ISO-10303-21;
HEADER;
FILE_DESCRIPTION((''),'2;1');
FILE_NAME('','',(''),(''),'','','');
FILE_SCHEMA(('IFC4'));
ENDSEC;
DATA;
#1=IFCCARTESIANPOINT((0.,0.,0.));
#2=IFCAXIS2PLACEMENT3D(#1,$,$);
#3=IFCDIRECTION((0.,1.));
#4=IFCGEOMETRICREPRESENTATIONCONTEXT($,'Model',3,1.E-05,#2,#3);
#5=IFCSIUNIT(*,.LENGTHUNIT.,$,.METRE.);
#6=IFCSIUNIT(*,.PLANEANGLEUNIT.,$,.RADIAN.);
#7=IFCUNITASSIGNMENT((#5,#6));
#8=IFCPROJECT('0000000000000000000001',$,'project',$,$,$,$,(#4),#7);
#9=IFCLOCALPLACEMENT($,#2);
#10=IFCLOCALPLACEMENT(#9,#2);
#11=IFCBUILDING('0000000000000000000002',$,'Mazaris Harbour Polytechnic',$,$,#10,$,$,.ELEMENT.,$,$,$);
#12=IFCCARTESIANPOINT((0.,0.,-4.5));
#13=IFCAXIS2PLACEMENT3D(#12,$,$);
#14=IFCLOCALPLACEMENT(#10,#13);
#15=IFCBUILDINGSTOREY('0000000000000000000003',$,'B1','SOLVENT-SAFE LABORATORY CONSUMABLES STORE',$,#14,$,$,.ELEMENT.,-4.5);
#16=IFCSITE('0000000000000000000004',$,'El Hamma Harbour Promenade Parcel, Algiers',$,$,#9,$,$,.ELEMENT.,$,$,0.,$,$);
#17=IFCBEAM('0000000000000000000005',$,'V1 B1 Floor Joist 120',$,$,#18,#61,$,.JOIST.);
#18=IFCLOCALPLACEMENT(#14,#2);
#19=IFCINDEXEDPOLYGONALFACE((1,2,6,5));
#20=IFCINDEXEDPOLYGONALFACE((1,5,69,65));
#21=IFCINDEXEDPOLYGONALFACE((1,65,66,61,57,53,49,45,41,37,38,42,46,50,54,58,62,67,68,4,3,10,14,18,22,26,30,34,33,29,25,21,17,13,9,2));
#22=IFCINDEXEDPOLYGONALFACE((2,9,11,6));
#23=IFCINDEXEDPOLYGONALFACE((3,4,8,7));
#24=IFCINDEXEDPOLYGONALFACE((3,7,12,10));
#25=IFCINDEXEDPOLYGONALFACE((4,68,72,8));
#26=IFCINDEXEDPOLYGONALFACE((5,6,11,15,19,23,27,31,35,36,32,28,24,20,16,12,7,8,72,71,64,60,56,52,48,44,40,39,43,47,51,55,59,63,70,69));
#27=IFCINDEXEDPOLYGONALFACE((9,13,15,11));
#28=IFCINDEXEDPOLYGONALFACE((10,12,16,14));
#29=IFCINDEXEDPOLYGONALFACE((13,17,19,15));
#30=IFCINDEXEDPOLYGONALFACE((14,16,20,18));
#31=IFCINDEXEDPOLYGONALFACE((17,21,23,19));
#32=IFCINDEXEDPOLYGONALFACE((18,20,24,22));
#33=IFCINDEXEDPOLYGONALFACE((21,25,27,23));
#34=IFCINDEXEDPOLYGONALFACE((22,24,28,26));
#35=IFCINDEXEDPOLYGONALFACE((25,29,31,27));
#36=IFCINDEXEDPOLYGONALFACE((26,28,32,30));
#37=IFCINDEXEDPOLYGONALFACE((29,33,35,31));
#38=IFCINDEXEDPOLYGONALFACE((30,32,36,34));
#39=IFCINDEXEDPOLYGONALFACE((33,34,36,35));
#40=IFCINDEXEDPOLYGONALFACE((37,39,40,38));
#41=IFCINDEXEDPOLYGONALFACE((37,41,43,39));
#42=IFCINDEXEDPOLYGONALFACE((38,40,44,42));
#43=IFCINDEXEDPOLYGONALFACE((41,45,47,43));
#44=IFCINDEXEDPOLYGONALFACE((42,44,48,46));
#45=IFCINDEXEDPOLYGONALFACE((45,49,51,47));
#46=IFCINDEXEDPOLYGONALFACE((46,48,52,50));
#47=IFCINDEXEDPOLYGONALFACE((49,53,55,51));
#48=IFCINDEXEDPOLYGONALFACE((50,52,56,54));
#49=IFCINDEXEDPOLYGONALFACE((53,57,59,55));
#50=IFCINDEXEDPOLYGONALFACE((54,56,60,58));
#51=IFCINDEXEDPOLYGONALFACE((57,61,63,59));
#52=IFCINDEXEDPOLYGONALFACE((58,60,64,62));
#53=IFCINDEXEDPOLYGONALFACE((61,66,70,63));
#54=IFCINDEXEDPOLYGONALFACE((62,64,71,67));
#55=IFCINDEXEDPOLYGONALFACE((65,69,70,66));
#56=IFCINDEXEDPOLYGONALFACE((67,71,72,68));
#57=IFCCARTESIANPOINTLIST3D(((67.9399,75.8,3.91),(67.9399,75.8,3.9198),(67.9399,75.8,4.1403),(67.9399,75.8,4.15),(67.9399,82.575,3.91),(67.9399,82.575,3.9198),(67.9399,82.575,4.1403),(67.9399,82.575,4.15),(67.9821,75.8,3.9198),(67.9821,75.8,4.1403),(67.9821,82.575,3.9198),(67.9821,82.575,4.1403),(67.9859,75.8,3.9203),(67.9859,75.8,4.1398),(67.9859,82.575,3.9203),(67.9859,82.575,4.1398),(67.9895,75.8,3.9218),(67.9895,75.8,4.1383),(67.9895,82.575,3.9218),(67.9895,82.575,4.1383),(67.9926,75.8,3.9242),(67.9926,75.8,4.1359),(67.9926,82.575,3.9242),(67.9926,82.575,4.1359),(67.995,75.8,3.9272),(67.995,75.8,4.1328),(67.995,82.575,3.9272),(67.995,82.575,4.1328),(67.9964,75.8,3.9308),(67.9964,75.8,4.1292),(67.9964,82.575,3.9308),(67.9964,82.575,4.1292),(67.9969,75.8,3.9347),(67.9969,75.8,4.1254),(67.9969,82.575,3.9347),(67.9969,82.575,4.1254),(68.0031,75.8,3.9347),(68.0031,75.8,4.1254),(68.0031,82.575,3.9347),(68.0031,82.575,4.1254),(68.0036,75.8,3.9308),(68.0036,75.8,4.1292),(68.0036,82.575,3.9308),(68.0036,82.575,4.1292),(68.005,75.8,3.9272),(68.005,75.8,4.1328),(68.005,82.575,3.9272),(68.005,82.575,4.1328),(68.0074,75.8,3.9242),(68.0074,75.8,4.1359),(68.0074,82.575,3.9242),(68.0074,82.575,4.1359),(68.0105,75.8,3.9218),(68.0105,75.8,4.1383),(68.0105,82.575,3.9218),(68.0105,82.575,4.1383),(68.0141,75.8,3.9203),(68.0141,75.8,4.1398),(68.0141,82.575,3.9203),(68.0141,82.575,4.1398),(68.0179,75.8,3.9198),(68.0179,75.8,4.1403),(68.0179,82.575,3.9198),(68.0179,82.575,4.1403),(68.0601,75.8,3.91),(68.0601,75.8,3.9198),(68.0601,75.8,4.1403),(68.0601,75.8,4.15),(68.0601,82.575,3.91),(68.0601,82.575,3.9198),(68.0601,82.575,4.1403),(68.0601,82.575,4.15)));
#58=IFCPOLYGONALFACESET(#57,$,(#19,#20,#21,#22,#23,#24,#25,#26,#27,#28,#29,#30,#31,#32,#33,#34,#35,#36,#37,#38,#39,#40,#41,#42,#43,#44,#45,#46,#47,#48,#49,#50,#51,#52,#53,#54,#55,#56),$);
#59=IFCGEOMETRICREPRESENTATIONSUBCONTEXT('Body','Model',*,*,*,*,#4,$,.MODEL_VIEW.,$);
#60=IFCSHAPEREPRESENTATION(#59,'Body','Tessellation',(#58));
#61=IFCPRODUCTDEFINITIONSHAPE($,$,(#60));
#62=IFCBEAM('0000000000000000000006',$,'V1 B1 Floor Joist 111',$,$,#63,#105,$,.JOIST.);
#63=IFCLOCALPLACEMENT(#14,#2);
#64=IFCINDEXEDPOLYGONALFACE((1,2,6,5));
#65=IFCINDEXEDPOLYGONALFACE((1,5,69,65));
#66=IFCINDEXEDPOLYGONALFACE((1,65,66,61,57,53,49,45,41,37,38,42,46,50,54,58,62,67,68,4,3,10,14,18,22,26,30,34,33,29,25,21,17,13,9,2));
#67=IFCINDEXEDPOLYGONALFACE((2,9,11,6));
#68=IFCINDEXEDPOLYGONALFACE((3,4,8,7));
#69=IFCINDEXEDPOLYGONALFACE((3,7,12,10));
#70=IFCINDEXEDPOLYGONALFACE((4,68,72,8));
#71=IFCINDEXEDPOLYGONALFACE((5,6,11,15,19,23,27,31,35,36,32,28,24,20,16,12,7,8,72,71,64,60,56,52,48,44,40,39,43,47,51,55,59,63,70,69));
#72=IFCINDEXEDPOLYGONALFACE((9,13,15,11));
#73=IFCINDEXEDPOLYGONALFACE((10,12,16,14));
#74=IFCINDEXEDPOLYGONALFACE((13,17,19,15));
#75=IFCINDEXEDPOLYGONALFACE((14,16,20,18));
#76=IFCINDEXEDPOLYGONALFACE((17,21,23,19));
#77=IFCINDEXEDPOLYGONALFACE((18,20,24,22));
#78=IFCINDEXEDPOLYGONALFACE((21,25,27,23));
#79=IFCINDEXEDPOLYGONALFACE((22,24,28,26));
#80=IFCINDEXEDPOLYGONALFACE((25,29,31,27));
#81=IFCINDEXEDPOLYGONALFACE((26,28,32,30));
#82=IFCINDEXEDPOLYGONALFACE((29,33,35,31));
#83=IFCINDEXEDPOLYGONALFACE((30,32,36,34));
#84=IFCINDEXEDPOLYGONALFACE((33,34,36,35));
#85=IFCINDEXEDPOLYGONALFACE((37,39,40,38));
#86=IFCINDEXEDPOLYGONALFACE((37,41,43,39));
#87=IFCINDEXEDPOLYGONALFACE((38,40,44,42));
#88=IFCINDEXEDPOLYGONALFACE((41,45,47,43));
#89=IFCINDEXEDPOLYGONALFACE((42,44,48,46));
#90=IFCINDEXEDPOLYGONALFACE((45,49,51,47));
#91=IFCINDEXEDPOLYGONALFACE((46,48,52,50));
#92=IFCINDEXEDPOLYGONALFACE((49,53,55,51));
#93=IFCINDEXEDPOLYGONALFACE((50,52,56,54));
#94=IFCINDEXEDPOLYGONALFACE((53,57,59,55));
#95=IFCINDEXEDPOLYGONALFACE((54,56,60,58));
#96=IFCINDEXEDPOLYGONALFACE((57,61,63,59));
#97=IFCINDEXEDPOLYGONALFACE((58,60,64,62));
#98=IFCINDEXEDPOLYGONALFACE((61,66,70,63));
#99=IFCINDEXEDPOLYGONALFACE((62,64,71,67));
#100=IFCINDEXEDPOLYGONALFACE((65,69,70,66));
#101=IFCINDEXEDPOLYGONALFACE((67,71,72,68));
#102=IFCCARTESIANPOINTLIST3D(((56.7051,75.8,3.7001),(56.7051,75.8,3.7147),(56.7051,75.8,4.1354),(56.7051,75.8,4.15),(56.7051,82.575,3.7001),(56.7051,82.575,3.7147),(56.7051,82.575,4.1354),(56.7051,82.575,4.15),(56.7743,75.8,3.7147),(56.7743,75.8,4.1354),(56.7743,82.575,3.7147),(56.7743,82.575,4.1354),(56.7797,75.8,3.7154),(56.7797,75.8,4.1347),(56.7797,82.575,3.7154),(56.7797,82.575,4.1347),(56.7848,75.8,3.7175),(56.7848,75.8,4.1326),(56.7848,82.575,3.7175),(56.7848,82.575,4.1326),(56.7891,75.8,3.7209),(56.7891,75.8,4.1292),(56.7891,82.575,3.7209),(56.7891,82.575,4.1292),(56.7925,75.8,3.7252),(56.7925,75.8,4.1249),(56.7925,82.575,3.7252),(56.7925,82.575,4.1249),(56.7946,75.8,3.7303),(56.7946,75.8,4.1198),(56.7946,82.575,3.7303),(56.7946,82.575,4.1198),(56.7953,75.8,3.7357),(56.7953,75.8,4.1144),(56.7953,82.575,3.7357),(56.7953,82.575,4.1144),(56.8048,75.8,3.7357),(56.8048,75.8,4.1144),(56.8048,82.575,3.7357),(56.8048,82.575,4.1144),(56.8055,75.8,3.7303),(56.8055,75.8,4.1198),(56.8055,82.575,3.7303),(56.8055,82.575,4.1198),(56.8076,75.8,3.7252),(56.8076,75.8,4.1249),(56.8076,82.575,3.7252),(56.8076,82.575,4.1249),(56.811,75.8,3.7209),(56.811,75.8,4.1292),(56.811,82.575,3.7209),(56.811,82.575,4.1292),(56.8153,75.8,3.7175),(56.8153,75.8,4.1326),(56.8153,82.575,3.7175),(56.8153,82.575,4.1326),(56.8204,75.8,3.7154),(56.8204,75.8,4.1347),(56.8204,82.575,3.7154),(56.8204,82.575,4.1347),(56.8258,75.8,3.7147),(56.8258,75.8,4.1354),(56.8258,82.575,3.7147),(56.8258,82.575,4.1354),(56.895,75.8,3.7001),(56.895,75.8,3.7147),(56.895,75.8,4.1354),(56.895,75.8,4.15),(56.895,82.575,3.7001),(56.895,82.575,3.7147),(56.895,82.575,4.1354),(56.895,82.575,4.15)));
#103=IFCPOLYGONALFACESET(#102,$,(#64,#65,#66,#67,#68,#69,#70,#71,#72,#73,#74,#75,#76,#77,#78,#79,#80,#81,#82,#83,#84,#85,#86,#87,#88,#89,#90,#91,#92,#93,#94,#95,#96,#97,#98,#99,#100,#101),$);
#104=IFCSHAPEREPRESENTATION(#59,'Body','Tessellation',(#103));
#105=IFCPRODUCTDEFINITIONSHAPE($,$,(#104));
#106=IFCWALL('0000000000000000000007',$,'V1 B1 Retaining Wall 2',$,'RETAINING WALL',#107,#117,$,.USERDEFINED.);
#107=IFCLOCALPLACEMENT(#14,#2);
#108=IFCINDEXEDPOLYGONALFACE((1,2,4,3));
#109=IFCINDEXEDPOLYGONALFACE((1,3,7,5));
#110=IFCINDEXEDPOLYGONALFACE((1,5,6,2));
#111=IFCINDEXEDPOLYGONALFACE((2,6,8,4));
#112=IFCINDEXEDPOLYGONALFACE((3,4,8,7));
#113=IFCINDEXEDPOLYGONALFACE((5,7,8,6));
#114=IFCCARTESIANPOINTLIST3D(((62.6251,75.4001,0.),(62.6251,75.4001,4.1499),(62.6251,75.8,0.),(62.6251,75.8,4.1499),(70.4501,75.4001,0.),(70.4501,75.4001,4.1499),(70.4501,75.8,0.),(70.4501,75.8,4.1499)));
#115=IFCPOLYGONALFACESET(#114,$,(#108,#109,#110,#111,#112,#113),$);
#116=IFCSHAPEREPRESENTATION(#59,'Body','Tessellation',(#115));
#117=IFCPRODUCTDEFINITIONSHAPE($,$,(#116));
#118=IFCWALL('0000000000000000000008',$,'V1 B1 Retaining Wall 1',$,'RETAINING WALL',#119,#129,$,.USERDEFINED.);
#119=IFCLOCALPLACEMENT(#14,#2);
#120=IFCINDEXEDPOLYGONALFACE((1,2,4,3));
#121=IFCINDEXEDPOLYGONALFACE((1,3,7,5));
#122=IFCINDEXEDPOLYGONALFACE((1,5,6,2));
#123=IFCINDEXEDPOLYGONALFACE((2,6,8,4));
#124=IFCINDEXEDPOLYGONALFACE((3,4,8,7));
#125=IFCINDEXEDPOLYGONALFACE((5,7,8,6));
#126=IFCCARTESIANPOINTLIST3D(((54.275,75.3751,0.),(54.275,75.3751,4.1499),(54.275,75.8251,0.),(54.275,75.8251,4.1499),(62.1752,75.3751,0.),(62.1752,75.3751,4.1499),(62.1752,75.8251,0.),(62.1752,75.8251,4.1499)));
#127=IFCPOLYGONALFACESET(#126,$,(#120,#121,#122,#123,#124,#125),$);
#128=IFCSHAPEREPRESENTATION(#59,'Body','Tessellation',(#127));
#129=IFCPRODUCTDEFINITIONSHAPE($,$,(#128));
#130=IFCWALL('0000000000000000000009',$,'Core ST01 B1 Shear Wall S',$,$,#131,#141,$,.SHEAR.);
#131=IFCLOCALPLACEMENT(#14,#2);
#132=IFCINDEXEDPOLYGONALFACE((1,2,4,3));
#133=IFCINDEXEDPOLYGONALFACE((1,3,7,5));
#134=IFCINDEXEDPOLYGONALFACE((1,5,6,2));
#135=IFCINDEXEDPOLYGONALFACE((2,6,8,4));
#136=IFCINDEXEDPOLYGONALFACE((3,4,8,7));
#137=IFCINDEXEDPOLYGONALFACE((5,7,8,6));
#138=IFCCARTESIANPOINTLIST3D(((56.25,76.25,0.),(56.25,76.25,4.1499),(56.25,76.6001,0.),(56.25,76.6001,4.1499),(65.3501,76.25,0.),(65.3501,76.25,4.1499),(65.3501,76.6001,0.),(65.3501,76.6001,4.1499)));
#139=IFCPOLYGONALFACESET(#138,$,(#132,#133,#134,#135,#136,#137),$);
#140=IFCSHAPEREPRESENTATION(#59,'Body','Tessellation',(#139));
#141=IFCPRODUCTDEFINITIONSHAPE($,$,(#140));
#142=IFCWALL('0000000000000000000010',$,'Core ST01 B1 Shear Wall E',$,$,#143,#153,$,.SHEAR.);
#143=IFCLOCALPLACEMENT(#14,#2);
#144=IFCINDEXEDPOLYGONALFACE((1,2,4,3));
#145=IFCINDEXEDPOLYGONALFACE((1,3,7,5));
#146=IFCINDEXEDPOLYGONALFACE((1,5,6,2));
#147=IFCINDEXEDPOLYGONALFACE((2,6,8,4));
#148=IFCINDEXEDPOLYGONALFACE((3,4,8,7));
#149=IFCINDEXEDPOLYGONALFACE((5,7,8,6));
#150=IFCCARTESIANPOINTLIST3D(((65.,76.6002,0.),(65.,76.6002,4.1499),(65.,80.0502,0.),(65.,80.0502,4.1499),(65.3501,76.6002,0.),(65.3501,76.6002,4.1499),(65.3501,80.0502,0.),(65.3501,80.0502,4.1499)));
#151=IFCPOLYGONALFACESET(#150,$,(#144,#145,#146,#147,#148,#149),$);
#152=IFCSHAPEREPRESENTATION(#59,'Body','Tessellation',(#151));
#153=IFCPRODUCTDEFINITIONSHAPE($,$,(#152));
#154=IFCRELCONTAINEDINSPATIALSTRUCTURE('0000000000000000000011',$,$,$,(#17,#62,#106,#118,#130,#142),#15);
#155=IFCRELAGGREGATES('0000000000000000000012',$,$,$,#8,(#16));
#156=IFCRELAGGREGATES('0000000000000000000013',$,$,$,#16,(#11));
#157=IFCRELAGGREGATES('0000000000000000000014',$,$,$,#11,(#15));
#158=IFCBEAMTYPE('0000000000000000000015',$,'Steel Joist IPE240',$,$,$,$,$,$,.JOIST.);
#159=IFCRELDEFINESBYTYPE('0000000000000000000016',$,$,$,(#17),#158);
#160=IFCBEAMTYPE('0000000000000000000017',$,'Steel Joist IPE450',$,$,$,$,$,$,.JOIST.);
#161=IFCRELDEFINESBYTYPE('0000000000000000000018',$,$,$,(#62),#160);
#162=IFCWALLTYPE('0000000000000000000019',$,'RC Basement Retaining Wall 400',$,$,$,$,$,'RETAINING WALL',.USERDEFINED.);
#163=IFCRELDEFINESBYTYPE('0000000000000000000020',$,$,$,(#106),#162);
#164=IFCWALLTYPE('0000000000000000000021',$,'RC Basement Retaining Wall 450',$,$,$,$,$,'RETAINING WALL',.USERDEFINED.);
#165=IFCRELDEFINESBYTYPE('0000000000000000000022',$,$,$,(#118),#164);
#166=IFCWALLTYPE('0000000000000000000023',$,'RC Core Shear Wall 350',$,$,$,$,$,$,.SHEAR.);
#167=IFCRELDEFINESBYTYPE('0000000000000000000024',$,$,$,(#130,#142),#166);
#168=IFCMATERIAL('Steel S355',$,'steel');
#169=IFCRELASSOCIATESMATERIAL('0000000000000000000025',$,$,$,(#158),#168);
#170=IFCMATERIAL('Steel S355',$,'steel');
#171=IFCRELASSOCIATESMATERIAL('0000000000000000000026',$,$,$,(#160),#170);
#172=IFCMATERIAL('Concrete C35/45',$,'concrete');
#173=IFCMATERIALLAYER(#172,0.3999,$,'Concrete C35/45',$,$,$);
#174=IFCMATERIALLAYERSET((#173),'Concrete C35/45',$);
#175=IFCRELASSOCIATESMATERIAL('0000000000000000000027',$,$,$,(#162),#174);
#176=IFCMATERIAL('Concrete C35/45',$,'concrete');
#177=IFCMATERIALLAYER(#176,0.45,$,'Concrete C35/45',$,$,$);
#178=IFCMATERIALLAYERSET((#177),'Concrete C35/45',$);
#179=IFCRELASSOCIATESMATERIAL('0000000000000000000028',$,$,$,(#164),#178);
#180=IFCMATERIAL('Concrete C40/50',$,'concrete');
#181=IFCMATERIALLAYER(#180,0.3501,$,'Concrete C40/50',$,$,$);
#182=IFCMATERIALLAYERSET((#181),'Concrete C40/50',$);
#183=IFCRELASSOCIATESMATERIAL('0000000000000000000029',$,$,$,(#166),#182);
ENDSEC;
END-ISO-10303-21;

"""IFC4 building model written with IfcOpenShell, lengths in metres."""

from ifc_helpers import new_model, si_unit, direction, frame, frame_2d, origin, origin_2d, place, context, subcontext, project, spatial, rectangle, i_section, extrude, material, layer, layer_set, material_profile, profile_set, type_object, element, save


model = new_model("IFC4")

# Units and contexts
model_context = context("Model", 3, precision=1e-05, world=origin(), true_north=direction((0.0, 1.0)))
body_context = subcontext(model_context, "Body", "Model", "MODEL_VIEW")
ifc_project = project(units=[si_unit("LENGTHUNIT", "METRE"), si_unit("PLANEANGLEUNIT", "RADIAN")], contexts=[model_context])

# Site, building, storey
site_placement = place(None, origin())
site = spatial("IfcSite", under=ifc_project, at=site_placement, Name="El Hamma Harbour Promenade Parcel, Algiers", CompositionType="ELEMENT", RefElevation=0.0)
building_placement = place(site_placement, origin())
building = spatial("IfcBuilding", under=site, at=building_placement, Name="Mazaris Harbour Polytechnic", CompositionType="ELEMENT")
storey_placement = place(building_placement, frame((0.0, 0.0, -4.5)))
storey = spatial("IfcBuildingStorey", under=building, at=storey_placement, Name="B1", Description="SOLVENT-SAFE LABORATORY CONSUMABLES STORE", CompositionType="ELEMENT", Elevation=-4.5)

# Beams
ifc_material_1 = material(Name="Steel S355", Category="steel")
ifc_material_profile_1 = material_profile(ifc_material_1, i_section(OverallWidth=0.1201, OverallDepth=0.24, WebThickness=0.0061, FlangeThickness=0.0098, FilletRadius=0.0149, at=origin_2d()), Name="IPE 240")
ifc_profile_set_1 = profile_set([ifc_material_profile_1], Name="Steel S355")
beam_type_1 = type_object("IfcBeamType", Name="Steel Joist IPE240", PredefinedType="JOIST", material=ifc_profile_set_1)
beam_1_placement = place(storey_placement, frame((68.0, 75.8, 4.03), z_axis=(0.0, 1.0, 0.0), x_axis=(-1.0, 0.0, 0.0)))
element("IfcBeam", 1, at=beam_1_placement, inside=storey, type_object=beam_type_1, Name="V1 B1 Floor Joist 120", PredefinedType="JOIST", context=body_context, shape_type="SweptSolid", body=[
    extrude(i_section(OverallWidth=0.1201, OverallDepth=0.24, WebThickness=0.0061, FlangeThickness=0.0098, FilletRadius=0.0149, at=origin_2d()), origin(), (0.0, 0.0, 1.0), 6.7749),
])
ifc_material_2 = material(Name="Steel S355", Category="steel")
ifc_material_profile_2 = material_profile(ifc_material_2, i_section(OverallWidth=0.1899, OverallDepth=0.45, WebThickness=0.0095, FlangeThickness=0.0146, FilletRadius=0.021, at=origin_2d()), Name="IPE 450")
ifc_profile_set_2 = profile_set([ifc_material_profile_2], Name="Steel S355")
beam_type_2 = type_object("IfcBeamType", Name="Steel Joist IPE450", PredefinedType="JOIST", material=ifc_profile_set_2)
beam_2_placement = place(storey_placement, frame((56.8, 75.8, 3.925), z_axis=(0.0, 1.0, 0.0), x_axis=(-1.0, 0.0, 0.0)))
element("IfcBeam", 2, at=beam_2_placement, inside=storey, type_object=beam_type_2, Name="V1 B1 Floor Joist 111", PredefinedType="JOIST", context=body_context, shape_type="SweptSolid", body=[
    extrude(i_section(OverallWidth=0.1899, OverallDepth=0.45, WebThickness=0.0095, FlangeThickness=0.0146, FilletRadius=0.021, at=origin_2d()), origin(), (0.0, 0.0, 1.0), 6.7749),
])

# Walls
ifc_material_3 = material(Name="Concrete C35/45", Category="concrete")
ifc_layer_1 = layer(ifc_material_3, 0.3999, Name="Concrete C35/45")
ifc_layer_set_1 = layer_set([ifc_layer_1], Name="Concrete C35/45")
wall_type_1 = type_object("IfcWallType", Name="RC Basement Retaining Wall 400", ElementType="RETAINING WALL", PredefinedType="USERDEFINED", material=ifc_layer_set_1)
wall_1_placement = place(storey_placement, frame((62.625, 75.6001, 0.0), z_axis=(0.0, 0.0, 1.0), x_axis=(1.0, 0.0, 0.0)))
element("IfcWall", 3, at=wall_1_placement, inside=storey, type_object=wall_type_1, Name="V1 B1 Retaining Wall 2", ObjectType="RETAINING WALL", PredefinedType="USERDEFINED", context=body_context, shape_type="SweptSolid", body=[
    extrude(rectangle(XDim=7.825, YDim=0.3999, at=frame_2d((3.9126, 0.0))), origin(), (0.0, 0.0, 1.0), 4.1499),
])
ifc_material_4 = material(Name="Concrete C35/45", Category="concrete")
ifc_layer_2 = layer(ifc_material_4, 0.45, Name="Concrete C35/45")
ifc_layer_set_2 = layer_set([ifc_layer_2], Name="Concrete C35/45")
wall_type_2 = type_object("IfcWallType", Name="RC Basement Retaining Wall 450", ElementType="RETAINING WALL", PredefinedType="USERDEFINED", material=ifc_layer_set_2)
wall_2_placement = place(storey_placement, frame((54.2749, 75.6001, 0.0), z_axis=(0.0, 0.0, 1.0), x_axis=(1.0, 0.0, 0.0)))
element("IfcWall", 4, at=wall_2_placement, inside=storey, type_object=wall_type_2, Name="V1 B1 Retaining Wall 1", ObjectType="RETAINING WALL", PredefinedType="USERDEFINED", context=body_context, shape_type="SweptSolid", body=[
    extrude(rectangle(XDim=7.9001, YDim=0.45, at=frame_2d((3.9502, 0.0))), origin(), (0.0, 0.0, 1.0), 4.1499),
])
ifc_material_5 = material(Name="Concrete C40/50", Category="concrete")
ifc_layer_3 = layer(ifc_material_5, 0.3501, Name="Concrete C40/50")
ifc_layer_set_3 = layer_set([ifc_layer_3], Name="Concrete C40/50")
wall_type_3 = type_object("IfcWallType", Name="RC Core Shear Wall 350", PredefinedType="SHEAR", material=ifc_layer_set_3)
wall_3_placement = place(storey_placement, frame((56.25, 76.425, 0.0), z_axis=(0.0, 0.0, 1.0), x_axis=(1.0, 0.0, 0.0)))
element("IfcWall", 5, at=wall_3_placement, inside=storey, type_object=wall_type_3, Name="Core ST01 B1 Shear Wall S", PredefinedType="SHEAR", context=body_context, shape_type="SweptSolid", body=[
    extrude(rectangle(XDim=9.1001, YDim=0.3501, at=frame_2d((4.55, 0.0))), origin(), (0.0, 0.0, 1.0), 4.1499),
])
wall_4_placement = place(storey_placement, frame((65.175, 76.6001, 0.0), z_axis=(0.0, 0.0, 1.0), x_axis=(0.0, 1.0, 0.0)))
element("IfcWall", 6, at=wall_4_placement, inside=storey, type_object=wall_type_3, Name="Core ST01 B1 Shear Wall E", PredefinedType="SHEAR", context=body_context, shape_type="SweptSolid", body=[
    extrude(rectangle(XDim=3.45, YDim=0.3501, at=frame_2d((1.7251, 0.0))), origin(), (0.0, 0.0, 1.0), 4.1499),
])

save(model, "model.ifc")
